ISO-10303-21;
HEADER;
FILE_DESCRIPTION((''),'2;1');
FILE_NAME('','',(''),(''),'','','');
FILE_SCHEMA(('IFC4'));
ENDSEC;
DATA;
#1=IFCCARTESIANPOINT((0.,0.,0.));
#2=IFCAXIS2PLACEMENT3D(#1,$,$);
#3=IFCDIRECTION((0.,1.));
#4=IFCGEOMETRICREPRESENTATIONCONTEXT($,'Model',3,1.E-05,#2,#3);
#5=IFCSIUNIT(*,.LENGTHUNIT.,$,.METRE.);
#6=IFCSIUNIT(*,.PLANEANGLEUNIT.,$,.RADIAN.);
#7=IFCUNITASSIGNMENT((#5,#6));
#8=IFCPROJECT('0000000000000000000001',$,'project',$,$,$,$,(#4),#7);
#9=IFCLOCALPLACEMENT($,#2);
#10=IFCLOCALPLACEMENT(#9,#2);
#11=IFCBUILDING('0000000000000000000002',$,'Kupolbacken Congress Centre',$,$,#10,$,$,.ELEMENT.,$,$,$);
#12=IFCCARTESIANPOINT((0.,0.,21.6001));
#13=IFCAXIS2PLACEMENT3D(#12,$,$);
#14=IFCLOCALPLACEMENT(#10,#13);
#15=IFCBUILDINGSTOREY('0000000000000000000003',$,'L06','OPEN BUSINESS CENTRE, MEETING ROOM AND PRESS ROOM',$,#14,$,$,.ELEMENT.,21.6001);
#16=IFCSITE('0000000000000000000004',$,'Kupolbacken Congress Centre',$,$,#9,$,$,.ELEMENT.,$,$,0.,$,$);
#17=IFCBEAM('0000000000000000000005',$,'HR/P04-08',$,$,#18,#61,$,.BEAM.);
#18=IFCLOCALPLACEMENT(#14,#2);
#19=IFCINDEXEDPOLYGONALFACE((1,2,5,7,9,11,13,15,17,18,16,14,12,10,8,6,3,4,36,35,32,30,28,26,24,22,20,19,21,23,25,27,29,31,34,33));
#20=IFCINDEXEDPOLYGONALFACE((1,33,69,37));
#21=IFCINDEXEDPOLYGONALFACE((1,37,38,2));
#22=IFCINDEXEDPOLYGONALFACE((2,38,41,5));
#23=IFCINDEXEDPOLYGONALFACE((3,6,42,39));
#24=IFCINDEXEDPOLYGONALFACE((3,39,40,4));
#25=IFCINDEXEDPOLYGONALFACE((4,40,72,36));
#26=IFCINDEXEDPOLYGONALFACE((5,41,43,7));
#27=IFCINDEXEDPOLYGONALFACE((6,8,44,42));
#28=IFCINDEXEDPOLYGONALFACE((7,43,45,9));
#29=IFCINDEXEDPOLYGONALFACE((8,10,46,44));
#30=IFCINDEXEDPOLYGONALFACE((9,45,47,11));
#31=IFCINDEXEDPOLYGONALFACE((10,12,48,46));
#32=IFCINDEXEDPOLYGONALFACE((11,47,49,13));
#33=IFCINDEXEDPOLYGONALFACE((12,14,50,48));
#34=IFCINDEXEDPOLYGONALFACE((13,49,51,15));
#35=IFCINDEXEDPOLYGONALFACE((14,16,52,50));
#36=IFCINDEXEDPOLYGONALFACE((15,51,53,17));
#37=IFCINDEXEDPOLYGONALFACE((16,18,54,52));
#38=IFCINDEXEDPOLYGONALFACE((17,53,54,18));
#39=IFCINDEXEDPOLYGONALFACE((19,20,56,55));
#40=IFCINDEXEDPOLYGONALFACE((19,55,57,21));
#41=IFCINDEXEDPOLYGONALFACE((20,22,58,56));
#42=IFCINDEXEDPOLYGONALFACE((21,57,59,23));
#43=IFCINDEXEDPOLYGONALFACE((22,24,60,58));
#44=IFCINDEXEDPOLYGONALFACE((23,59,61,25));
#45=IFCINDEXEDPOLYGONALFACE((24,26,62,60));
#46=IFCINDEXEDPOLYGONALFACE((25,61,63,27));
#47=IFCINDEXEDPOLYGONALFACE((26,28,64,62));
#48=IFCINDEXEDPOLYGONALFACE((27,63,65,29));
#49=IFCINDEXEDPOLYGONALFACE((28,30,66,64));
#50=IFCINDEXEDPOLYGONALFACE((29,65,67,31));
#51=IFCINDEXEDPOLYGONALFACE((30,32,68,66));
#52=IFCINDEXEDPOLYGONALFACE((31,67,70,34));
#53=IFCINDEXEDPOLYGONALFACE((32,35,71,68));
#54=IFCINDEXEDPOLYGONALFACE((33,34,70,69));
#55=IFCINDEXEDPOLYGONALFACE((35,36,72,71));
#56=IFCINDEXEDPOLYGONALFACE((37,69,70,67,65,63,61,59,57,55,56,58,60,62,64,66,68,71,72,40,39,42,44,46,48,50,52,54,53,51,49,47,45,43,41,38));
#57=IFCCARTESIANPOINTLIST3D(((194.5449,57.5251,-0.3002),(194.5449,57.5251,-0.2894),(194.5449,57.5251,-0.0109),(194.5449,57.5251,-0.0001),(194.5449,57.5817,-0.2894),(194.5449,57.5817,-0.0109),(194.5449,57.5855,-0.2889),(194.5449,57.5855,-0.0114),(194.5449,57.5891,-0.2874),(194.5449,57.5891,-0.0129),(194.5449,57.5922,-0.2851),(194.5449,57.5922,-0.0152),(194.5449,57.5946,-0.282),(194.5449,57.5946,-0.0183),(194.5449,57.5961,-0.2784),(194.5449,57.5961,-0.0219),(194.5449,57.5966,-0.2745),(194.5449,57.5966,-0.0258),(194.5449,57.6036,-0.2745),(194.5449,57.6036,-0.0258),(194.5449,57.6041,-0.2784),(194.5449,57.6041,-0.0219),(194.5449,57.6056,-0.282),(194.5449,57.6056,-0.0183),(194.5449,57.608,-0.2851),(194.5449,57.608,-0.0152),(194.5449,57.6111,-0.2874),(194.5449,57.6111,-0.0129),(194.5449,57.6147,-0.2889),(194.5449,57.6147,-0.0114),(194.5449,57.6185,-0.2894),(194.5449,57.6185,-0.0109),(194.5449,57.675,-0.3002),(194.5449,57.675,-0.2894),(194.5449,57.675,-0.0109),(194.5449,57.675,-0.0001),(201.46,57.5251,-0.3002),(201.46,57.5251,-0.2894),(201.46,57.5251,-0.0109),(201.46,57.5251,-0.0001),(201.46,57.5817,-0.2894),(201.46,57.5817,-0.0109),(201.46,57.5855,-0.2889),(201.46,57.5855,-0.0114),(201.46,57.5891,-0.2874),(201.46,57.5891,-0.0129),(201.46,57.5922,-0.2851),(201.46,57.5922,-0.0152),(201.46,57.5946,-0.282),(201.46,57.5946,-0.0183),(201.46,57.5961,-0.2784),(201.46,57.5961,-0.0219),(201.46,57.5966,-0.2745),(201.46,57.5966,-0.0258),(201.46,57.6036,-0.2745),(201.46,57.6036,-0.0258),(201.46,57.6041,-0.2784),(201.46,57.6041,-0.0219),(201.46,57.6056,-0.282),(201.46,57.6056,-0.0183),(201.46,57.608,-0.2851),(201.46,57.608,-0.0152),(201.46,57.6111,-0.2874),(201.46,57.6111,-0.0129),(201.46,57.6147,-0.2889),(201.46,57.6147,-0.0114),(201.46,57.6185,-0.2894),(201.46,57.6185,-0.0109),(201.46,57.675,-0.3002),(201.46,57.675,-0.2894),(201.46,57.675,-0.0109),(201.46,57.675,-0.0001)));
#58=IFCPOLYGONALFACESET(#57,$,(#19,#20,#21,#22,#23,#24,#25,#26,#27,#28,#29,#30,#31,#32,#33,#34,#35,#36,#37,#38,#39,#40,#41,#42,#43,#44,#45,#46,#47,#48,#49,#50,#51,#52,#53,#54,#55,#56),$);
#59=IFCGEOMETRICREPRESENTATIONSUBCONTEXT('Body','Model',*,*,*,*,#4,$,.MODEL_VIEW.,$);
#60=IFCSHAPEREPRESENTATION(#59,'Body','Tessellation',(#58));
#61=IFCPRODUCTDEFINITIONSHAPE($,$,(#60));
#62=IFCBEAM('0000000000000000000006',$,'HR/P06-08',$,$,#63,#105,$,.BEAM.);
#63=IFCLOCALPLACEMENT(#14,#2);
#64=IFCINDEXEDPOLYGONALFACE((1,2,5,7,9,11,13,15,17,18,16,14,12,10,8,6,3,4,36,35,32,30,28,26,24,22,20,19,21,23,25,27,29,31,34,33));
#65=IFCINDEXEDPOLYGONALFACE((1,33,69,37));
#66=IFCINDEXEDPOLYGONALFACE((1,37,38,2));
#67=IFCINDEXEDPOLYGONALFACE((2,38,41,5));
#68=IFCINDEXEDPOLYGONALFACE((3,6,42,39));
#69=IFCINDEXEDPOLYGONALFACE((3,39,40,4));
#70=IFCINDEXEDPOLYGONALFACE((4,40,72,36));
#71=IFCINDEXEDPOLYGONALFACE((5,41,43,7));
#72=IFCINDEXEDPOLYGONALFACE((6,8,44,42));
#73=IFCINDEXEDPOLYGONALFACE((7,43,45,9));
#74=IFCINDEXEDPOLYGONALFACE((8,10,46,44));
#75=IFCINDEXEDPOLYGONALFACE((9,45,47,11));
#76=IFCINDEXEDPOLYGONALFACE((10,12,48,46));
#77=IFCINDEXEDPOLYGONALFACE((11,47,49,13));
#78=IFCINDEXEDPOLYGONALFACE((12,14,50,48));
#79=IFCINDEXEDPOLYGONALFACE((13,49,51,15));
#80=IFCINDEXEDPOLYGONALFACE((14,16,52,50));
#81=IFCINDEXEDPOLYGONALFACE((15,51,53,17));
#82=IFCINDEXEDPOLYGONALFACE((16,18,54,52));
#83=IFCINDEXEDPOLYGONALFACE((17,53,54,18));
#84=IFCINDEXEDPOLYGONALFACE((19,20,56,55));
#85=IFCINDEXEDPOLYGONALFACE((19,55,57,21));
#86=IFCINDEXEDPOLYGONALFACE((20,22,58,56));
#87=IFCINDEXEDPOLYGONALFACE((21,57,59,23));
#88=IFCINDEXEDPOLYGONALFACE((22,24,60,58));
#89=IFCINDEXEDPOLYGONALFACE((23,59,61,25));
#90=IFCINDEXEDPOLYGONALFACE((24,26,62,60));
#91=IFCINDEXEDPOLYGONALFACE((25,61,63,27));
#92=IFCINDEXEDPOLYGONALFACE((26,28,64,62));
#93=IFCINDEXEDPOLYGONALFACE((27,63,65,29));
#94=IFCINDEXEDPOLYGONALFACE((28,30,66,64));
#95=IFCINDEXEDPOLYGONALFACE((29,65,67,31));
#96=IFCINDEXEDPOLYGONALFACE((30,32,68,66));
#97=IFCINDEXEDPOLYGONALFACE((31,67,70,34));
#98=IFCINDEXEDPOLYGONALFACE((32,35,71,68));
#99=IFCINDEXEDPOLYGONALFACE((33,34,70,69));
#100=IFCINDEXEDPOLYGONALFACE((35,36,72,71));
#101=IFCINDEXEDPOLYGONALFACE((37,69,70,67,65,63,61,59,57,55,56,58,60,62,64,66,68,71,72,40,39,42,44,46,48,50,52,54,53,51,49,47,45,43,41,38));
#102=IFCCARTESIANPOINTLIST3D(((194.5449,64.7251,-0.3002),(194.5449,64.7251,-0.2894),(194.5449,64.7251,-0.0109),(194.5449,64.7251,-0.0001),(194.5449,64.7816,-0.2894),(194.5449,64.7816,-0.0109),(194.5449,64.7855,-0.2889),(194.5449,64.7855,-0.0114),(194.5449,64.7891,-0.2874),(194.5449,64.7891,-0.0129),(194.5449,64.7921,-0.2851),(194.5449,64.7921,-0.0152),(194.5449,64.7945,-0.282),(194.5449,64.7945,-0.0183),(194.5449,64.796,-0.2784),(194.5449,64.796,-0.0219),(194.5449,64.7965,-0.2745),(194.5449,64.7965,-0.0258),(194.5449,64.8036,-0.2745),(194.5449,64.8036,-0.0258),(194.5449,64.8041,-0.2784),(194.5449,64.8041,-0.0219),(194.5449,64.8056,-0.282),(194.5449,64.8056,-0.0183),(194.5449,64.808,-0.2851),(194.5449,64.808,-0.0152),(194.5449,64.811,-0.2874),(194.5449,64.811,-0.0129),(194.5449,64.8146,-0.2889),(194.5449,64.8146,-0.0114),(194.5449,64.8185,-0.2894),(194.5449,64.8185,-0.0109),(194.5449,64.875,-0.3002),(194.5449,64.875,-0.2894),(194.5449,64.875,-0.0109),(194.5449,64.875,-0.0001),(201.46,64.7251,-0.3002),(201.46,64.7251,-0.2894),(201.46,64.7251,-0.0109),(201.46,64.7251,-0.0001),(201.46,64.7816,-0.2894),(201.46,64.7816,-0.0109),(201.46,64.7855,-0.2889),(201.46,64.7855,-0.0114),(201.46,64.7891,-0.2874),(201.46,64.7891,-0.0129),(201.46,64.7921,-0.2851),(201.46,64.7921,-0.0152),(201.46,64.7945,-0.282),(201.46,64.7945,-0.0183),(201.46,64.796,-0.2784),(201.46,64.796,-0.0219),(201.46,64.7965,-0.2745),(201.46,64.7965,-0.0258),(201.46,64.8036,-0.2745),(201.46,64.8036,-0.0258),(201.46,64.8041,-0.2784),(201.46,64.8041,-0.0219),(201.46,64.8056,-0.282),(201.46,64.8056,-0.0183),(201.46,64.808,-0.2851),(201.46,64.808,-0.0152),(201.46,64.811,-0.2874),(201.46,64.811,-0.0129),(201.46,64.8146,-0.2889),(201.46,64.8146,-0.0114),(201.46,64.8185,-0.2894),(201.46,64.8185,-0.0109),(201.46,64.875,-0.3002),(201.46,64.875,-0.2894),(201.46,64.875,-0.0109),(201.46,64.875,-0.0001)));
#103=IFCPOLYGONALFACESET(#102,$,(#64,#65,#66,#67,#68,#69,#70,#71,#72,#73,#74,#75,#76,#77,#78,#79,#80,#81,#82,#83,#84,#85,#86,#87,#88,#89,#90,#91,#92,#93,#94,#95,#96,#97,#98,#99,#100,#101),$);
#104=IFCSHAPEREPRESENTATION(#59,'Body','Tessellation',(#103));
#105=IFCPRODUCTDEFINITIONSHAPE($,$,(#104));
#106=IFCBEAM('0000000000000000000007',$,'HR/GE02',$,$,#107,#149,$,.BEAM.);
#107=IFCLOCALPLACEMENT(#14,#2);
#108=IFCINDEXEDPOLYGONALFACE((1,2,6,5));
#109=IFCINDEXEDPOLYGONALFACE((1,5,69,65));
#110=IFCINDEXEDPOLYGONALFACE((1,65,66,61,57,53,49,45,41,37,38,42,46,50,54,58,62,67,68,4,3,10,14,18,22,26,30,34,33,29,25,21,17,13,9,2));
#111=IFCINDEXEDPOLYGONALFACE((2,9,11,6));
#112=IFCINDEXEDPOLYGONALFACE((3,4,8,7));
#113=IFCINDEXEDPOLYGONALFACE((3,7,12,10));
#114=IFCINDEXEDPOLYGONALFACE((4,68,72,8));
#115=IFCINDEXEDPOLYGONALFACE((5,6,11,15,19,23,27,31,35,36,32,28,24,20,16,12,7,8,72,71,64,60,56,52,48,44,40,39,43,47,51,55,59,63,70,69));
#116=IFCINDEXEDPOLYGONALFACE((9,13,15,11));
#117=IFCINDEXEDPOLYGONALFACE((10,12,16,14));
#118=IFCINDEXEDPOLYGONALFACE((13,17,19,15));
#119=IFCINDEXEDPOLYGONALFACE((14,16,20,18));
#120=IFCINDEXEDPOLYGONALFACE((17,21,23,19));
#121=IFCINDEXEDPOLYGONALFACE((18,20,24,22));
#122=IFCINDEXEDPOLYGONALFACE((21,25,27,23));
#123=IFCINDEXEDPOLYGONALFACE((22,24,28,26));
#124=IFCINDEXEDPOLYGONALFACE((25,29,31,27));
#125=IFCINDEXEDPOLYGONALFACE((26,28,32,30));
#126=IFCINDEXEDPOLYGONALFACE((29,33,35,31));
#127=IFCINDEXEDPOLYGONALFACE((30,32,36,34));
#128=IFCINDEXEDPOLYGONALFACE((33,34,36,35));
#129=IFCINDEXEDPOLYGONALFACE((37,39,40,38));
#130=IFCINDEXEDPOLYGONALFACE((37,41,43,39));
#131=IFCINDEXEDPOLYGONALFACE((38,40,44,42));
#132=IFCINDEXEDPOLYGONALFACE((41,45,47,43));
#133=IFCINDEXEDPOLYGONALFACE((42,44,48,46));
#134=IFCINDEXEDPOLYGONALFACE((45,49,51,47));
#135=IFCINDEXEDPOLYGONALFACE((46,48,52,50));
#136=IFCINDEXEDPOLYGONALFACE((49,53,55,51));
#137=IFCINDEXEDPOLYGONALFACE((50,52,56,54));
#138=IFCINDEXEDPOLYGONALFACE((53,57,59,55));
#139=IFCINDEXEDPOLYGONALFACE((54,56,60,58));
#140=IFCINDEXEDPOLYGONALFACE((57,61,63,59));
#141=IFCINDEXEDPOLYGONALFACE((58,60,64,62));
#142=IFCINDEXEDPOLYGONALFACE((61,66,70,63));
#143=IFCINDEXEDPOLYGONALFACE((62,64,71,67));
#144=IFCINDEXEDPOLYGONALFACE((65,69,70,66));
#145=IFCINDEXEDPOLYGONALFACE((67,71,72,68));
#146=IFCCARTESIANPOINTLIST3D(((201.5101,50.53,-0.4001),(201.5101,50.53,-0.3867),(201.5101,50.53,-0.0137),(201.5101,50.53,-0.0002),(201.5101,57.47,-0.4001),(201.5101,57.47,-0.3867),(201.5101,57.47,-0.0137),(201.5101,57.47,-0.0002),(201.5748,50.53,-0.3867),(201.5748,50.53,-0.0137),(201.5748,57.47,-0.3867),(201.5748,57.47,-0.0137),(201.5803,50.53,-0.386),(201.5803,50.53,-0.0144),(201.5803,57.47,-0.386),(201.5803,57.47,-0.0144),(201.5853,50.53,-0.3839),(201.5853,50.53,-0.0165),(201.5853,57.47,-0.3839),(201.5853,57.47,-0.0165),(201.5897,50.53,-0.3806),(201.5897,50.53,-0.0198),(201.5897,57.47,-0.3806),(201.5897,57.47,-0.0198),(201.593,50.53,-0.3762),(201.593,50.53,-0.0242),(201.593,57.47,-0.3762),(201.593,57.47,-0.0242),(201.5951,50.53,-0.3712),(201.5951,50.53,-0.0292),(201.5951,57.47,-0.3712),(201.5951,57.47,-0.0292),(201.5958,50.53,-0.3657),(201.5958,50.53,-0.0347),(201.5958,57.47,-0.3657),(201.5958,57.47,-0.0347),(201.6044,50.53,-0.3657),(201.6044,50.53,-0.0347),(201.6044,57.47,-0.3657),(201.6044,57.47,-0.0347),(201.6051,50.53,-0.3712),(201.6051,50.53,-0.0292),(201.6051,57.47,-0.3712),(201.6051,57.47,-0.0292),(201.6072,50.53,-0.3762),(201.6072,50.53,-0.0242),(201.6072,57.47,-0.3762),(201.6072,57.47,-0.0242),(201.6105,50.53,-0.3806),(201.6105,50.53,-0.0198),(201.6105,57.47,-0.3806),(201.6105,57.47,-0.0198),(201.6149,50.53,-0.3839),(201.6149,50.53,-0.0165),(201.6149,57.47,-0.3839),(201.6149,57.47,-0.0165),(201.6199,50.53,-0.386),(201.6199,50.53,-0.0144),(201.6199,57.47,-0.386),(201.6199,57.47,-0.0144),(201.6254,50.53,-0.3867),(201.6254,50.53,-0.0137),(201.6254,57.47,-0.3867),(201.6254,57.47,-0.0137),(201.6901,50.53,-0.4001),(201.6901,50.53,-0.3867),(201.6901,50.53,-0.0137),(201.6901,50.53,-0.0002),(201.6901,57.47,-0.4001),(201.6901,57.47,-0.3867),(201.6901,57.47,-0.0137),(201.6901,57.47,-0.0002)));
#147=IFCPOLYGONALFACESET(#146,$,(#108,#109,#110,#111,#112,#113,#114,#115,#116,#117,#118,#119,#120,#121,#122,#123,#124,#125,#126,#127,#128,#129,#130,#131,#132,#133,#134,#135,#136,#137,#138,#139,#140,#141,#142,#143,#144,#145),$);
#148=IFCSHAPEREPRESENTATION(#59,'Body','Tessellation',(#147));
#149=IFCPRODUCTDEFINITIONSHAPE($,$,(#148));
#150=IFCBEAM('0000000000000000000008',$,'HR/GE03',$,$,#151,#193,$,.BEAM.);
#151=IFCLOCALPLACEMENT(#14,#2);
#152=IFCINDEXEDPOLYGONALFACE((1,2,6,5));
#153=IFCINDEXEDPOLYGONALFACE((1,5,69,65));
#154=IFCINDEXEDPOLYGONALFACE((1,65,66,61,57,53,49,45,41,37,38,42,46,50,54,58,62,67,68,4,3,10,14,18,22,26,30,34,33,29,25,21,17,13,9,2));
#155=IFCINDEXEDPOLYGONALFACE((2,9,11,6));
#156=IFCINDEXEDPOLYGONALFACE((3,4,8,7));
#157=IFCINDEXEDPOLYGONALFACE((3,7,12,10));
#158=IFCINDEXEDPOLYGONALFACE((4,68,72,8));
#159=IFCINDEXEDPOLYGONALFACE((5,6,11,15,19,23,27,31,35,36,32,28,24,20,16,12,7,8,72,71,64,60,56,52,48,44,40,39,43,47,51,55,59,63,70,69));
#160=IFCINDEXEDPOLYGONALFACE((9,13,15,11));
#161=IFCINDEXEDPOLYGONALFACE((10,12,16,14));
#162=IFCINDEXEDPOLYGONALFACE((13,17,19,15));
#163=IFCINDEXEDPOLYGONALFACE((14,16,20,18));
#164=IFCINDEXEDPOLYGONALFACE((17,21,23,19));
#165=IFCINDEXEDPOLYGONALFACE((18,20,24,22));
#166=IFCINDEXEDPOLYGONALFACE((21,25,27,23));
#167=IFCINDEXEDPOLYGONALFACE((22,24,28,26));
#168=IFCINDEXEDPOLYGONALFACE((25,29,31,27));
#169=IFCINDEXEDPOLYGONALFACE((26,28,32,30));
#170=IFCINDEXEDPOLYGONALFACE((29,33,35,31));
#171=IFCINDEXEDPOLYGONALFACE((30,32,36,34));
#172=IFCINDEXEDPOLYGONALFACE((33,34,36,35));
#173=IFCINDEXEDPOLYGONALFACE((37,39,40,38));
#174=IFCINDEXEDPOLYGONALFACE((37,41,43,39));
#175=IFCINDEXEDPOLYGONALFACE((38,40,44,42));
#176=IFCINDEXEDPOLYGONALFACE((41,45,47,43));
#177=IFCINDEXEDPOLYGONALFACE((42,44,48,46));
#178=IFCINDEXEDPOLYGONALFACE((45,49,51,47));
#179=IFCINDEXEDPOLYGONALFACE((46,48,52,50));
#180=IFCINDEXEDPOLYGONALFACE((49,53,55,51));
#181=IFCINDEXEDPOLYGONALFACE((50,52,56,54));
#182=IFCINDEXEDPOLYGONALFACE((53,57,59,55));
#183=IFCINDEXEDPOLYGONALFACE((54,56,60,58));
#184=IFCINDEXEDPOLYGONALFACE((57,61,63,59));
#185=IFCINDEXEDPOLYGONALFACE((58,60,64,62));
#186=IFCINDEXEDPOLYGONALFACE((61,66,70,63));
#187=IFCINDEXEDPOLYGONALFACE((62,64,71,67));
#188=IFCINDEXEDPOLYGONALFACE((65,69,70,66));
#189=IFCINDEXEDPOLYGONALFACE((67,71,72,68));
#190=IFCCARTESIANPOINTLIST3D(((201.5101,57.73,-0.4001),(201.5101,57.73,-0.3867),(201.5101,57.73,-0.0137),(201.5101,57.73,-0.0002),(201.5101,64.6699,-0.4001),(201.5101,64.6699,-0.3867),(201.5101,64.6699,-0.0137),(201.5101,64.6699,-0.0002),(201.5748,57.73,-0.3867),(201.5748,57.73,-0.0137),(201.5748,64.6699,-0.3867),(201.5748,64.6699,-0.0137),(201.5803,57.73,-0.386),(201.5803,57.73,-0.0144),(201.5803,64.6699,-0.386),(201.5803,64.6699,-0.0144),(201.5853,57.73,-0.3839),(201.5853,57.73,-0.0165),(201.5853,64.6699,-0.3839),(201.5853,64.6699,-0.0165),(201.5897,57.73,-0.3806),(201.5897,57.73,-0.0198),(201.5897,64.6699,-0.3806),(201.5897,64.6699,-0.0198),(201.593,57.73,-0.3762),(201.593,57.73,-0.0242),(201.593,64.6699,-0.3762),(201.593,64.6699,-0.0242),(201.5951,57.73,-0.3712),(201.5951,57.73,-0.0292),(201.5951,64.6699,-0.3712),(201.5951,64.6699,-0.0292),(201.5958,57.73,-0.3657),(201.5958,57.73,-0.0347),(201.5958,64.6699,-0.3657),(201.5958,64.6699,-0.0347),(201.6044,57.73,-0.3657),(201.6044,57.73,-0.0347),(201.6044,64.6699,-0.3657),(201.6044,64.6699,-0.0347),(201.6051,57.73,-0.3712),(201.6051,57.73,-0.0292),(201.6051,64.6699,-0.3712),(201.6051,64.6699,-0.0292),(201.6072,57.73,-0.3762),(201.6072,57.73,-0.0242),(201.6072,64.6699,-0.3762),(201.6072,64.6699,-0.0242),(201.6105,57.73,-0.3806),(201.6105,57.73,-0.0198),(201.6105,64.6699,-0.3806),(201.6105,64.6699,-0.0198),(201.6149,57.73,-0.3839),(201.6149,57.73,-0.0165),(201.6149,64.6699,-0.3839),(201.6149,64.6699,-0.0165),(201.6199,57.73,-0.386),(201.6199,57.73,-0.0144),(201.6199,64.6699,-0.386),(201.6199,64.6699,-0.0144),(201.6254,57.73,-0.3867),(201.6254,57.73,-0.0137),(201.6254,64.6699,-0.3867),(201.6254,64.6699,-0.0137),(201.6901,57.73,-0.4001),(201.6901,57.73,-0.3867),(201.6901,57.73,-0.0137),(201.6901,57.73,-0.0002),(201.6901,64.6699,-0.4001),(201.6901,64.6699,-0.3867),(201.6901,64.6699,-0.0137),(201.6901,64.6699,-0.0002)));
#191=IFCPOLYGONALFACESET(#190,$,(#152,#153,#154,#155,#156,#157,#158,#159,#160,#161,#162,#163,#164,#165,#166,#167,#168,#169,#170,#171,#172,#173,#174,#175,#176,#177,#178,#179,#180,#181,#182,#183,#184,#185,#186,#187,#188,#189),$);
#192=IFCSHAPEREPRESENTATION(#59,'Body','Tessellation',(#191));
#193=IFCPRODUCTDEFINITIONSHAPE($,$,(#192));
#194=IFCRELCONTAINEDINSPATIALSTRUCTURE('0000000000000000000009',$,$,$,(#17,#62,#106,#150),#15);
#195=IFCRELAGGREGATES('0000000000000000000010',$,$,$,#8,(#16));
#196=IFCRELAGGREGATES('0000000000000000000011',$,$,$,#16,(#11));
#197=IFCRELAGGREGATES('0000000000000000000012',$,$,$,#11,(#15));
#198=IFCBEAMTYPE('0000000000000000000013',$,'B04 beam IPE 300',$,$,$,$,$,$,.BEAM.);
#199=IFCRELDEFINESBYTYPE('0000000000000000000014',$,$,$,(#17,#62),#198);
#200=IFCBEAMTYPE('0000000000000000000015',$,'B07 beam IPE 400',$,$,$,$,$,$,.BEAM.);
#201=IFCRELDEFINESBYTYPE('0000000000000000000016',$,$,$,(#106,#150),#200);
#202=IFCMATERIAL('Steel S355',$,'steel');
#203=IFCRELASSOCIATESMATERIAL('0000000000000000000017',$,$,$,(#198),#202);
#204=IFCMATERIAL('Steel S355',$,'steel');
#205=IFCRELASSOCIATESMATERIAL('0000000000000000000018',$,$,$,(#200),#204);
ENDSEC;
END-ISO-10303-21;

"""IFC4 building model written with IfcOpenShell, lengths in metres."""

from ifc_helpers import new_model, si_unit, direction, frame, origin, origin_2d, place, context, subcontext, project, spatial, i_section, extrude, material, material_profile, profile_set, type_object, element, save


model = new_model("IFC4")

# Units and contexts
model_context = context("Model", 3, precision=1e-05, world=origin(), true_north=direction((0.0, 1.0)))
body_context = subcontext(model_context, "Body", "Model", "MODEL_VIEW")
ifc_project = project(units=[si_unit("LENGTHUNIT", "METRE"), si_unit("PLANEANGLEUNIT", "RADIAN")], contexts=[model_context])

# Site, building, storey
site_placement = place(None, origin())
site = spatial("IfcSite", under=ifc_project, at=site_placement, Name="Kupolbacken Congress Centre", CompositionType="ELEMENT", RefElevation=0.0)
building_placement = place(site_placement, origin())
building = spatial("IfcBuilding", under=site, at=building_placement, Name="Kupolbacken Congress Centre", CompositionType="ELEMENT")
storey_placement = place(building_placement, frame((0.0, 0.0, 21.6001)))
storey = spatial("IfcBuildingStorey", under=building, at=storey_placement, Name="L06", Description="OPEN BUSINESS CENTRE, MEETING ROOM AND PRESS ROOM", CompositionType="ELEMENT", Elevation=21.6001)

# Beams
ifc_material_1 = material(Name="Steel S355", Category="steel")
ifc_material_profile_1 = material_profile(ifc_material_1, i_section(OverallWidth=0.1499, OverallDepth=0.3, WebThickness=0.0071, FlangeThickness=0.0107, FilletRadius=0.0149, at=origin_2d()), Name="IPE 300")
ifc_profile_set_1 = profile_set([ifc_material_profile_1], Name="Steel S355")
beam_type_1 = type_object("IfcBeamType", Name="B04 beam IPE 300", PredefinedType="BEAM", material=ifc_profile_set_1)
for number, where, z_axis, x_axis, name in (
    (1, (194.5449, 57.6001, -0.1501), (1.0, 0.0, 0.0), (0.0, 1.0, 0.0), "HR/P04-08"),
    (2, (194.5449, 64.8, -0.1501), (1.0, 0.0, 0.0), (0.0, 1.0, 0.0), "HR/P06-08"),
):
    element("IfcBeam", number, at=place(storey_placement, frame(where, z_axis=z_axis, x_axis=x_axis)), inside=storey, type_object=beam_type_1, Name=name, PredefinedType="BEAM", context=body_context, shape_type="SweptSolid", body=[
        extrude(i_section(OverallWidth=0.1499, OverallDepth=0.3, WebThickness=0.0071, FlangeThickness=0.0107, FilletRadius=0.0149, at=origin_2d()), origin(), (0.0, 0.0, 1.0), 6.915),
    ])
ifc_material_2 = material(Name="Steel S355", Category="steel")
ifc_material_profile_2 = material_profile(ifc_material_2, i_section(OverallWidth=0.1799, OverallDepth=0.3999, WebThickness=0.0085, FlangeThickness=0.0134, FilletRadius=0.021, at=origin_2d()), Name="IPE 400")
ifc_profile_set_2 = profile_set([ifc_material_profile_2], Name="Steel S355")
beam_type_2 = type_object("IfcBeamType", Name="B07 beam IPE 400", PredefinedType="BEAM", material=ifc_profile_set_2)
for number, where, z_axis, x_axis, name in (
    (3, (201.6001, 50.53, -0.2002), (0.0, 1.0, 0.0), (-1.0, 0.0, 0.0), "HR/GE02"),
    (4, (201.6001, 57.73, -0.2002), (0.0, 1.0, 0.0), (-1.0, 0.0, 0.0), "HR/GE03"),
):
    element("IfcBeam", number, at=place(storey_placement, frame(where, z_axis=z_axis, x_axis=x_axis)), inside=storey, type_object=beam_type_2, Name=name, PredefinedType="BEAM", context=body_context, shape_type="SweptSolid", body=[
        extrude(i_section(OverallWidth=0.1799, OverallDepth=0.3999, WebThickness=0.0085, FlangeThickness=0.0134, FilletRadius=0.021, at=origin_2d()), origin(), (0.0, 0.0, 1.0), 6.9399),
    ])

save(model, "model.ifc")
